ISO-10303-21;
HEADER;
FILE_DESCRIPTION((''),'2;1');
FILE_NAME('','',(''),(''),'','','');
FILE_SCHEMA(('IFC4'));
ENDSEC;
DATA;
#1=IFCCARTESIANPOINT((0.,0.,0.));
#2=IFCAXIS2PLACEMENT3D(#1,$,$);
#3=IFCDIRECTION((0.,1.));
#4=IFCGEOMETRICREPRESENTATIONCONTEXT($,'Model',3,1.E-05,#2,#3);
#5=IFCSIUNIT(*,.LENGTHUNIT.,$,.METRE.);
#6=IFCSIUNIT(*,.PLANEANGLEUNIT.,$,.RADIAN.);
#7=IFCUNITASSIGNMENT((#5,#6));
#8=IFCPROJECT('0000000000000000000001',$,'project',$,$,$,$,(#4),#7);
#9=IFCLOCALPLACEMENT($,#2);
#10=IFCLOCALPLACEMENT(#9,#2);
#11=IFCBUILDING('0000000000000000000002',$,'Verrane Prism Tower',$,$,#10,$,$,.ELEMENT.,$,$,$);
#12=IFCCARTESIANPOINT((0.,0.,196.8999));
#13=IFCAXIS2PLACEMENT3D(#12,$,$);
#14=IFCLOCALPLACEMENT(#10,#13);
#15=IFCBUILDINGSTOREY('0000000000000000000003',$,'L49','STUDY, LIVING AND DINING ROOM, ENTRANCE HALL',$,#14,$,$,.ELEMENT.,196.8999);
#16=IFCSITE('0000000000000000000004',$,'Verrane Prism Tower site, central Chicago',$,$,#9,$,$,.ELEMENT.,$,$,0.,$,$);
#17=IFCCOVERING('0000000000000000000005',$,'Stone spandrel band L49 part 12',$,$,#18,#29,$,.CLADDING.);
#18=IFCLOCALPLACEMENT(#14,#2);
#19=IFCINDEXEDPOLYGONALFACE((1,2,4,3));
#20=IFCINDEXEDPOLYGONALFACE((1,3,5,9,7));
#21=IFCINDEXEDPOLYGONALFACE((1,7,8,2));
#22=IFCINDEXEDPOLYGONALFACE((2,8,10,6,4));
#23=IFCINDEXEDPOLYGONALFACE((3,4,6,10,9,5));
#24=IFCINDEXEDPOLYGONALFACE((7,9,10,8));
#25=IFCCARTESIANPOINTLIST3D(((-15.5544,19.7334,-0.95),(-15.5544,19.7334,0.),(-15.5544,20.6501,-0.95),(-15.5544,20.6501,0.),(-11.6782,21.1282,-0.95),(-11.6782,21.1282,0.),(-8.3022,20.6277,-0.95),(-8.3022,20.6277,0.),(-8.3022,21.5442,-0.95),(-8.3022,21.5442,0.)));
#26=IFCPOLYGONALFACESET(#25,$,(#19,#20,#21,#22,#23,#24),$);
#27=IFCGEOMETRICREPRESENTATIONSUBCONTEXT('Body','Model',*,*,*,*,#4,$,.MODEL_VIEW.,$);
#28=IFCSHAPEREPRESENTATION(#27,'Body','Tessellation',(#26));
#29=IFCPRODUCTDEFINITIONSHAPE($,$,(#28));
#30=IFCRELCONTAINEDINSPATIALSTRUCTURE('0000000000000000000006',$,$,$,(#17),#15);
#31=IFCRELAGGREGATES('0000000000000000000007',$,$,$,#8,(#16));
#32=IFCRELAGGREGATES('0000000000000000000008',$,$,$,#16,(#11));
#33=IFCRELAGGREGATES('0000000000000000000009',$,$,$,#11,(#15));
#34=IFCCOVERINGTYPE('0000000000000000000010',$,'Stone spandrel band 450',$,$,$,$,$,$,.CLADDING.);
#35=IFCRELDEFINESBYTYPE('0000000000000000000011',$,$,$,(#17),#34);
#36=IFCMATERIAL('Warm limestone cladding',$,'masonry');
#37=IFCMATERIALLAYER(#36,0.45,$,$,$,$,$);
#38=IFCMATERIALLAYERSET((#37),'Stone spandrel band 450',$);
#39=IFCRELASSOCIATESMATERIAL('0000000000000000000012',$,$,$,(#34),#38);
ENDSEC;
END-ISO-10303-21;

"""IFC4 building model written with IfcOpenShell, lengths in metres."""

from ifc_helpers import new_model, si_unit, direction, frame, origin, place, context, subcontext, project, spatial, polyline, outline, extrude, material, layer, layer_set, type_object, element, save


model = new_model("IFC4")

# Units and contexts
model_context = context("Model", 3, precision=1e-05, world=origin(), true_north=direction((0.0, 1.0)))
body_context = subcontext(model_context, "Body", "Model", "MODEL_VIEW")
ifc_project = project(units=[si_unit("LENGTHUNIT", "METRE"), si_unit("PLANEANGLEUNIT", "RADIAN")], contexts=[model_context])

# Site, building, storey
site_placement = place(None, origin())
site = spatial("IfcSite", under=ifc_project, at=site_placement, Name="Verrane Prism Tower site, central Chicago", CompositionType="ELEMENT", RefElevation=0.0)
building_placement = place(site_placement, origin())
building = spatial("IfcBuilding", under=site, at=building_placement, Name="Verrane Prism Tower", CompositionType="ELEMENT")
storey_placement = place(building_placement, frame((0.0, 0.0, 196.8999)))
storey = spatial("IfcBuildingStorey", under=building, at=storey_placement, Name="L49", Description="STUDY, LIVING AND DINING ROOM, ENTRANCE HALL", CompositionType="ELEMENT", Elevation=196.8999)

# Covering
ifc_material_1 = material(Name="Warm limestone cladding", Category="masonry")
ifc_layer_1 = layer(ifc_material_1, 0.45)
ifc_layer_set_1 = layer_set([ifc_layer_1], Name="Stone spandrel band 450")
covering_type = type_object("IfcCoveringType", Name="Stone spandrel band 450", PredefinedType="CLADDING", material=ifc_layer_set_1)
covering_1_placement = place(storey_placement, frame((0.0, 0.0, -0.95)))
element("IfcCovering", 1, at=covering_1_placement, inside=storey, type_object=covering_type, Name="Stone spandrel band L49 part 12", PredefinedType="CLADDING", context=body_context, shape_type="SweptSolid", body=[
    extrude(outline(polyline([(-15.5544, 19.7334), (-8.3022, 20.6277), (-8.3022, 21.5442), (-11.6782, 21.1282), (-15.5544, 20.6501), (-15.5544, 19.7334)])), origin(), (0.0, 0.0, 1.0), 0.95),
])

save(model, "model.ifc")
